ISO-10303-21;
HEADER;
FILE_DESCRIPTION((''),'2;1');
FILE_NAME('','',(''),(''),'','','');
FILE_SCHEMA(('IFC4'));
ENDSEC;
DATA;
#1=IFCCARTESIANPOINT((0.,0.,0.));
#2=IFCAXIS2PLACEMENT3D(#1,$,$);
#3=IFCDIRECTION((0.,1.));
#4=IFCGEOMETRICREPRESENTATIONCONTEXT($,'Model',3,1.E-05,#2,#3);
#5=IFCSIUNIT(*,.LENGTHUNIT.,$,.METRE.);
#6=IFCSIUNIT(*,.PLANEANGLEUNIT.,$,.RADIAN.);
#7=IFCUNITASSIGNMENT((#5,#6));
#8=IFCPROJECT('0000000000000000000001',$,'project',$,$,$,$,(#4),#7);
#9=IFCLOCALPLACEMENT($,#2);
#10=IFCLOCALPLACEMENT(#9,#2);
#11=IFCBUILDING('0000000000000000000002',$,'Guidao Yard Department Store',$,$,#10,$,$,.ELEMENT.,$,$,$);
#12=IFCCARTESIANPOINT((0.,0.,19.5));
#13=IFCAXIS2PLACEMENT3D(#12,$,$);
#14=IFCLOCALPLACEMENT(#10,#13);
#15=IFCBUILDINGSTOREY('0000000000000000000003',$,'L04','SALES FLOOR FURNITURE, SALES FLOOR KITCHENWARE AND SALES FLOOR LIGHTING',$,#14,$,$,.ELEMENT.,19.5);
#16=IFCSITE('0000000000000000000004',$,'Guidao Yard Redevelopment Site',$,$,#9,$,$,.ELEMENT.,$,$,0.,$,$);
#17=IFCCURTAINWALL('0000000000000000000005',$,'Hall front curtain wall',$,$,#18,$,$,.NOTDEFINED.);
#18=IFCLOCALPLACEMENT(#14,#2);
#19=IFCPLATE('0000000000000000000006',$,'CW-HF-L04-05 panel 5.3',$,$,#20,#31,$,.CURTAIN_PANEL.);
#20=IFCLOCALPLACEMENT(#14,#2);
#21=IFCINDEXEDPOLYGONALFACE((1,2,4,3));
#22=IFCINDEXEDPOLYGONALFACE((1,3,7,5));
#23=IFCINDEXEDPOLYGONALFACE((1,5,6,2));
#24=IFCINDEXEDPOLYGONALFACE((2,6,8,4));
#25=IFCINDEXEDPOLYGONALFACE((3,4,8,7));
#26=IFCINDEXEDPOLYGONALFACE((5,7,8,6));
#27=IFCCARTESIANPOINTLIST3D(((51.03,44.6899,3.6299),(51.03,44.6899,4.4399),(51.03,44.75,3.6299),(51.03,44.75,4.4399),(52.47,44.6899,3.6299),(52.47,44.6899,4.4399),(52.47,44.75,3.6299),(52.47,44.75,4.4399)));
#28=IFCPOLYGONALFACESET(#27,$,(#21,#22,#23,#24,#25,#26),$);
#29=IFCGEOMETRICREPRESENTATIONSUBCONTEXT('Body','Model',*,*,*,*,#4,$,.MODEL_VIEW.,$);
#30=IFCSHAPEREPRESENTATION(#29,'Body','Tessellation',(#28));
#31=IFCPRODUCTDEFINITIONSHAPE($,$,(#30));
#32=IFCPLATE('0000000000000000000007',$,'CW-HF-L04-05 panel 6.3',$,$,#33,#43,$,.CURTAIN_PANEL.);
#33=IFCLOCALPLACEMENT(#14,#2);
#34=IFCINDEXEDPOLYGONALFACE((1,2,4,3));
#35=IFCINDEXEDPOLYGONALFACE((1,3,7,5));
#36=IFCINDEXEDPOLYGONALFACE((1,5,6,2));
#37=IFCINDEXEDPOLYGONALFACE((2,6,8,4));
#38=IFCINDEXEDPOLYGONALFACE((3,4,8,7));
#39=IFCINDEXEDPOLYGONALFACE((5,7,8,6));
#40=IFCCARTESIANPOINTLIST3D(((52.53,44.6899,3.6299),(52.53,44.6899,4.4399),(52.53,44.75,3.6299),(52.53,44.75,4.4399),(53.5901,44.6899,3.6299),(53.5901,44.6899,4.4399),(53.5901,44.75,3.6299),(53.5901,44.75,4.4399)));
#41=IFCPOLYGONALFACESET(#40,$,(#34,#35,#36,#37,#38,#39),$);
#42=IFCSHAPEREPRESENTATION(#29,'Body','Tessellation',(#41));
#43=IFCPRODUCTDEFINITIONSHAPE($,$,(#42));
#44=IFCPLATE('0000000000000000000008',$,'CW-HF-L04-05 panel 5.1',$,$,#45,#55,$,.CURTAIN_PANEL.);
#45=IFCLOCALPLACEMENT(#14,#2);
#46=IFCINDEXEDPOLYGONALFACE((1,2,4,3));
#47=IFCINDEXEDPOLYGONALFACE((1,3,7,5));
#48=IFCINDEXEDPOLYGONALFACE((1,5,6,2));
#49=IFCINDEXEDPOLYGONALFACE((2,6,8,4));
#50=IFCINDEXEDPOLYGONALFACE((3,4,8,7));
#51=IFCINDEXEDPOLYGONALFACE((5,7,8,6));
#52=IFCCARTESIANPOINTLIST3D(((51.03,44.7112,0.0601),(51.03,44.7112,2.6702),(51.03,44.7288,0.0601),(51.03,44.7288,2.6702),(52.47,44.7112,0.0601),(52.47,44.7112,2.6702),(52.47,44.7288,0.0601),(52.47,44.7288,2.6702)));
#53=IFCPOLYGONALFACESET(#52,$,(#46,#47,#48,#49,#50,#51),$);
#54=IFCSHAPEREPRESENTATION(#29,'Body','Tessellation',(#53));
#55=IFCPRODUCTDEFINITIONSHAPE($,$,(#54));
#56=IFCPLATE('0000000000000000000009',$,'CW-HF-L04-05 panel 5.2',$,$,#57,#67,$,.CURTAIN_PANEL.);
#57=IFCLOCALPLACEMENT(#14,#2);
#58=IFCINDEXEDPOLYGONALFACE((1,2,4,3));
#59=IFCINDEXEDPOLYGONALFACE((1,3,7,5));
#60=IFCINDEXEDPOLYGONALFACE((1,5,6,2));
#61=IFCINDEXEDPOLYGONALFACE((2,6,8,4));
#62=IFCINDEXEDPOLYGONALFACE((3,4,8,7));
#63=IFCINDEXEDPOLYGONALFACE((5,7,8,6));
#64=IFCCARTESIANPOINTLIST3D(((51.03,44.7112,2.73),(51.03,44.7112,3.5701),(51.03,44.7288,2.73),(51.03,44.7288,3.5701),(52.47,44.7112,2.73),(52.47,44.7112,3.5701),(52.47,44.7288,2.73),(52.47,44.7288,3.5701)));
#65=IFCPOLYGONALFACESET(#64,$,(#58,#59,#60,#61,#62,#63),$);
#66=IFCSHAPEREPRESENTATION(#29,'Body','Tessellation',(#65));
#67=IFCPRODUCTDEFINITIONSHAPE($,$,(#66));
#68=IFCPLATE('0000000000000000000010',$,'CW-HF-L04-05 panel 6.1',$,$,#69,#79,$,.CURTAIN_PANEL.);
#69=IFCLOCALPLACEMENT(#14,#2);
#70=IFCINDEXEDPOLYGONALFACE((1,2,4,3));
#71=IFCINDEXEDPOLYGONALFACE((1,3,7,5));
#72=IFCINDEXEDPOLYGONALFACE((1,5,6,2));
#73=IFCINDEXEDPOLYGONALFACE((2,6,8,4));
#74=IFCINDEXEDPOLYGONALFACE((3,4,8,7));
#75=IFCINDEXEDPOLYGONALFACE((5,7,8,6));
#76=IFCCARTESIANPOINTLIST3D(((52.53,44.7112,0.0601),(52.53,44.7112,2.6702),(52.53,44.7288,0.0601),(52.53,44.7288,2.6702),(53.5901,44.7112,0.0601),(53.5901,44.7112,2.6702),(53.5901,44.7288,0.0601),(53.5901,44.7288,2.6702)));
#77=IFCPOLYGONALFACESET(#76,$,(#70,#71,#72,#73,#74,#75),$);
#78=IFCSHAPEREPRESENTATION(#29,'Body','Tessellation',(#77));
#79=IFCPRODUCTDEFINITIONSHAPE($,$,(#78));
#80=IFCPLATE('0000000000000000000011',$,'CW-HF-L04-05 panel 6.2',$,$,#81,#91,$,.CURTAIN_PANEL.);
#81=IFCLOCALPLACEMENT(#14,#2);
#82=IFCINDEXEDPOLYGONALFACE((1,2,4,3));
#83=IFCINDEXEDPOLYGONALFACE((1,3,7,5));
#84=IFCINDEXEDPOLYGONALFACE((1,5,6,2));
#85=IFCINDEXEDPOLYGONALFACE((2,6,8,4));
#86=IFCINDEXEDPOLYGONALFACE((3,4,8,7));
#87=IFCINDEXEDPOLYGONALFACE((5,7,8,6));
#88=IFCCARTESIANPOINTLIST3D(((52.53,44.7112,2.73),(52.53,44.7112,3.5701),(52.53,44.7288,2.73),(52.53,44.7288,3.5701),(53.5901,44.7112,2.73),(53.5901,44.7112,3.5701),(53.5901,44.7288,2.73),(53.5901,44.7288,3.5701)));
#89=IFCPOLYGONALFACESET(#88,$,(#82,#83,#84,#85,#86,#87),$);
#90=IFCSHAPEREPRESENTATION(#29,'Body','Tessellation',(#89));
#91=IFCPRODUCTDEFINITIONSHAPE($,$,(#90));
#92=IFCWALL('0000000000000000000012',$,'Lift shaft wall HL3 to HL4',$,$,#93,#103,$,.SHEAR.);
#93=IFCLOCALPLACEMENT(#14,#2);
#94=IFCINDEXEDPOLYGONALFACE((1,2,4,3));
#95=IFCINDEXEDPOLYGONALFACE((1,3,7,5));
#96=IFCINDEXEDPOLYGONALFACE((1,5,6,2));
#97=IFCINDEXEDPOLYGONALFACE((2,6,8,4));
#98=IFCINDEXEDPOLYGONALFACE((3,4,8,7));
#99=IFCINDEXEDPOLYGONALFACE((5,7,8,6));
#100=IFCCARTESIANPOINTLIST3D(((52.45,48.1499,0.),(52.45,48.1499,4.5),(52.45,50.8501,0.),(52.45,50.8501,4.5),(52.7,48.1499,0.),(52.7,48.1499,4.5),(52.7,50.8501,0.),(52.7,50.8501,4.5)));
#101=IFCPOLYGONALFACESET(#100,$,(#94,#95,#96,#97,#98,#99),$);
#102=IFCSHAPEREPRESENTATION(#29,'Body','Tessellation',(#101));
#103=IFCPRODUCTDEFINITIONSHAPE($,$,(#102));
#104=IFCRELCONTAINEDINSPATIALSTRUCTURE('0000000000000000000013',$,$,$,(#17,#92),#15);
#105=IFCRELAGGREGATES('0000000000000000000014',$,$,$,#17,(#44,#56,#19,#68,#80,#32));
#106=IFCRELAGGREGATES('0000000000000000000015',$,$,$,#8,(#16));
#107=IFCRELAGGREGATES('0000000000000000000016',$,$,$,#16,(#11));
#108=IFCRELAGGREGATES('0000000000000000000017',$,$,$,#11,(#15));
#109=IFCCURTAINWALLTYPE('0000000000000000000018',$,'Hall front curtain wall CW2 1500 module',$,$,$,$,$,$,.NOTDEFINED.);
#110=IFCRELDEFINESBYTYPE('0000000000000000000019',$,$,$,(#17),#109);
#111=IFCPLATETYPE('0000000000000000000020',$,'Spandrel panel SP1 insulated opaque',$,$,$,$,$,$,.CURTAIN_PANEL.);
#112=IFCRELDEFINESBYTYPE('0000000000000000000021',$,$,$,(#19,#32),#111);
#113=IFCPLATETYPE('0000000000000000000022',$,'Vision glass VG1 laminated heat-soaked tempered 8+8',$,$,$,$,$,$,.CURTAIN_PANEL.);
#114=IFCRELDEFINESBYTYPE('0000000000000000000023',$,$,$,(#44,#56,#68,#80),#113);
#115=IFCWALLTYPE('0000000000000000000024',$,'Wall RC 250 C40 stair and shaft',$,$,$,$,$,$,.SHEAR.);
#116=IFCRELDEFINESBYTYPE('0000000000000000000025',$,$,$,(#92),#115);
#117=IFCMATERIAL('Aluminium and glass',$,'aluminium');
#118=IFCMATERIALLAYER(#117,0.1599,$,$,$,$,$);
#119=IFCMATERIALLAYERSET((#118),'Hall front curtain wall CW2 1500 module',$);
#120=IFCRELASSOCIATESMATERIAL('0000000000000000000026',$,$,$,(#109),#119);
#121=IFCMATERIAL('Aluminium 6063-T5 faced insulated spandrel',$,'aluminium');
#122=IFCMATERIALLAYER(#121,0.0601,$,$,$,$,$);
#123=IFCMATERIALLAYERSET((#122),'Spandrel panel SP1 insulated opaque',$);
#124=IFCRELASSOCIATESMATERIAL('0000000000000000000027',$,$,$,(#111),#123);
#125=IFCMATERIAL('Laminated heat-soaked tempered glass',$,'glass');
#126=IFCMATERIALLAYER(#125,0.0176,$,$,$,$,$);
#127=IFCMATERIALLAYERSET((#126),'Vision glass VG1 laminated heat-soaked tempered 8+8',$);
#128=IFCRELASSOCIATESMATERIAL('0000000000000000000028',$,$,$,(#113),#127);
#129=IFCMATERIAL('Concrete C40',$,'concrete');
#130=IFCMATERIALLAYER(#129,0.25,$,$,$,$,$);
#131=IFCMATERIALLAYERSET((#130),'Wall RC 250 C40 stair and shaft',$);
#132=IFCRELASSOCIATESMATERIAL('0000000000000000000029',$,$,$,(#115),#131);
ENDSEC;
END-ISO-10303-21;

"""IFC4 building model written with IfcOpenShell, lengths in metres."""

from ifc_helpers import new_model, si_unit, direction, frame, frame_2d, origin, origin_2d, place, context, subcontext, project, spatial, rectangle, extrude, material, layer, layer_set, type_object, element, aggregate, save


model = new_model("IFC4")

# Units and contexts
model_context = context("Model", 3, precision=1e-05, world=origin(), true_north=direction((0.0, 1.0)))
body_context = subcontext(model_context, "Body", "Model", "MODEL_VIEW")
ifc_project = project(units=[si_unit("LENGTHUNIT", "METRE"), si_unit("PLANEANGLEUNIT", "RADIAN")], contexts=[model_context])

# Site, building, storey
site_placement = place(None, origin())
site = spatial("IfcSite", under=ifc_project, at=site_placement, Name="Guidao Yard Redevelopment Site", CompositionType="ELEMENT", RefElevation=0.0)
building_placement = place(site_placement, origin())
building = spatial("IfcBuilding", under=site, at=building_placement, Name="Guidao Yard Department Store", CompositionType="ELEMENT")
storey_placement = place(building_placement, frame((0.0, 0.0, 19.5)))
storey = spatial("IfcBuildingStorey", under=building, at=storey_placement, Name="L04", Description="SALES FLOOR FURNITURE, SALES FLOOR KITCHENWARE AND SALES FLOOR LIGHTING", CompositionType="ELEMENT", Elevation=19.5)

# Curtain wall
ifc_material_1 = material(Name="Aluminium and glass", Category="aluminium")
ifc_layer_1 = layer(ifc_material_1, 0.1599)
ifc_layer_set_1 = layer_set([ifc_layer_1], Name="Hall front curtain wall CW2 1500 module")
curtain_wall_type = type_object("IfcCurtainWallType", Name="Hall front curtain wall CW2 1500 module", PredefinedType="NOTDEFINED", material=ifc_layer_set_1)
curtain_wall_placement = place(storey_placement, origin())
curtain_wall = element("IfcCurtainWall", 1, at=curtain_wall_placement, inside=storey, type_object=curtain_wall_type, Name="Hall front curtain wall", PredefinedType="NOTDEFINED")

# Plates
ifc_material_2 = material(Name="Aluminium 6063-T5 faced insulated spandrel", Category="aluminium")
ifc_layer_2 = layer(ifc_material_2, 0.0601)
ifc_layer_set_2 = layer_set([ifc_layer_2], Name="Spandrel panel SP1 insulated opaque")
plate_type_1 = type_object("IfcPlateType", Name="Spandrel panel SP1 insulated opaque", PredefinedType="CURTAIN_PANEL", material=ifc_layer_set_2)
plate_1_placement = place(storey_placement, frame((51.75, 44.72, 3.6299), z_axis=(0.0, 0.0, 1.0), x_axis=(-1.0, 0.0, 0.0)))
plate_1 = element("IfcPlate", 2, at=plate_1_placement, type_object=plate_type_1, Name="CW-HF-L04-05 panel 5.3", PredefinedType="CURTAIN_PANEL", context=body_context, shape_type="SweptSolid", body=[
    extrude(rectangle(XDim=1.4399, YDim=0.0601, at=origin_2d()), origin(), (0.0, 0.0, 1.0), 0.8101),
])
plate_2_placement = place(storey_placement, frame((53.0601, 44.72, 3.6299), z_axis=(0.0, 0.0, 1.0), x_axis=(-1.0, 0.0, 0.0)))
plate_2 = element("IfcPlate", 3, at=plate_2_placement, type_object=plate_type_1, Name="CW-HF-L04-05 panel 6.3", PredefinedType="CURTAIN_PANEL", context=body_context, shape_type="SweptSolid", body=[
    extrude(rectangle(XDim=1.0601, YDim=0.0601, at=origin_2d()), origin(), (0.0, 0.0, 1.0), 0.8101),
])
ifc_material_3 = material(Name="Laminated heat-soaked tempered glass", Category="glass")
ifc_layer_3 = layer(ifc_material_3, 0.0176)
ifc_layer_set_3 = layer_set([ifc_layer_3], Name="Vision glass VG1 laminated heat-soaked tempered 8+8")
plate_type_2 = type_object("IfcPlateType", Name="Vision glass VG1 laminated heat-soaked tempered 8+8", PredefinedType="CURTAIN_PANEL", material=ifc_layer_set_3)
plate_3_placement = place(storey_placement, frame((51.75, 44.72, 0.0601), z_axis=(0.0, 0.0, 1.0), x_axis=(-1.0, 0.0, 0.0)))
plate_3 = element("IfcPlate", 4, at=plate_3_placement, type_object=plate_type_2, Name="CW-HF-L04-05 panel 5.1", PredefinedType="CURTAIN_PANEL", context=body_context, shape_type="SweptSolid", body=[
    extrude(rectangle(XDim=1.4399, YDim=0.0176, at=origin_2d()), origin(), (0.0, 0.0, 1.0), 2.6101),
])
plate_4_placement = place(storey_placement, frame((51.75, 44.72, 2.73), z_axis=(0.0, 0.0, 1.0), x_axis=(-1.0, 0.0, 0.0)))
plate_4 = element("IfcPlate", 5, at=plate_4_placement, type_object=plate_type_2, Name="CW-HF-L04-05 panel 5.2", PredefinedType="CURTAIN_PANEL", context=body_context, shape_type="SweptSolid", body=[
    extrude(rectangle(XDim=1.4399, YDim=0.0176, at=origin_2d()), origin(), (0.0, 0.0, 1.0), 0.8401),
])
plate_5_placement = place(storey_placement, frame((53.0601, 44.72, 0.0601), z_axis=(0.0, 0.0, 1.0), x_axis=(-1.0, 0.0, 0.0)))
plate_5 = element("IfcPlate", 6, at=plate_5_placement, type_object=plate_type_2, Name="CW-HF-L04-05 panel 6.1", PredefinedType="CURTAIN_PANEL", context=body_context, shape_type="SweptSolid", body=[
    extrude(rectangle(XDim=1.0601, YDim=0.0176, at=origin_2d()), origin(), (0.0, 0.0, 1.0), 2.6101),
])
plate_6_placement = place(storey_placement, frame((53.0601, 44.72, 2.73), z_axis=(0.0, 0.0, 1.0), x_axis=(-1.0, 0.0, 0.0)))
plate_6 = element("IfcPlate", 7, at=plate_6_placement, type_object=plate_type_2, Name="CW-HF-L04-05 panel 6.2", PredefinedType="CURTAIN_PANEL", context=body_context, shape_type="SweptSolid", body=[
    extrude(rectangle(XDim=1.0601, YDim=0.0176, at=origin_2d()), origin(), (0.0, 0.0, 1.0), 0.8401),
])
aggregate(curtain_wall, [plate_3, plate_4, plate_1, plate_5, plate_6, plate_2])

# Wall
ifc_material_4 = material(Name="Concrete C40", Category="concrete")
ifc_layer_4 = layer(ifc_material_4, 0.25)
ifc_layer_set_4 = layer_set([ifc_layer_4], Name="Wall RC 250 C40 stair and shaft")
wall_type = type_object("IfcWallType", Name="Wall RC 250 C40 stair and shaft", PredefinedType="SHEAR", material=ifc_layer_set_4)
wall_placement = place(storey_placement, frame((52.575, 48.1499, 0.0), z_axis=(0.0, 0.0, 1.0), x_axis=(0.0, 1.0, 0.0)))
element("IfcWall", 8, at=wall_placement, inside=storey, type_object=wall_type, Name="Lift shaft wall HL3 to HL4", PredefinedType="SHEAR", context=body_context, shape_type="SweptSolid", body=[
    extrude(rectangle(XDim=2.7002, YDim=0.25, at=frame_2d((1.3501, 0.0))), origin(), (0.0, 0.0, 1.0), 4.5),
])

save(model, "model.ifc")
